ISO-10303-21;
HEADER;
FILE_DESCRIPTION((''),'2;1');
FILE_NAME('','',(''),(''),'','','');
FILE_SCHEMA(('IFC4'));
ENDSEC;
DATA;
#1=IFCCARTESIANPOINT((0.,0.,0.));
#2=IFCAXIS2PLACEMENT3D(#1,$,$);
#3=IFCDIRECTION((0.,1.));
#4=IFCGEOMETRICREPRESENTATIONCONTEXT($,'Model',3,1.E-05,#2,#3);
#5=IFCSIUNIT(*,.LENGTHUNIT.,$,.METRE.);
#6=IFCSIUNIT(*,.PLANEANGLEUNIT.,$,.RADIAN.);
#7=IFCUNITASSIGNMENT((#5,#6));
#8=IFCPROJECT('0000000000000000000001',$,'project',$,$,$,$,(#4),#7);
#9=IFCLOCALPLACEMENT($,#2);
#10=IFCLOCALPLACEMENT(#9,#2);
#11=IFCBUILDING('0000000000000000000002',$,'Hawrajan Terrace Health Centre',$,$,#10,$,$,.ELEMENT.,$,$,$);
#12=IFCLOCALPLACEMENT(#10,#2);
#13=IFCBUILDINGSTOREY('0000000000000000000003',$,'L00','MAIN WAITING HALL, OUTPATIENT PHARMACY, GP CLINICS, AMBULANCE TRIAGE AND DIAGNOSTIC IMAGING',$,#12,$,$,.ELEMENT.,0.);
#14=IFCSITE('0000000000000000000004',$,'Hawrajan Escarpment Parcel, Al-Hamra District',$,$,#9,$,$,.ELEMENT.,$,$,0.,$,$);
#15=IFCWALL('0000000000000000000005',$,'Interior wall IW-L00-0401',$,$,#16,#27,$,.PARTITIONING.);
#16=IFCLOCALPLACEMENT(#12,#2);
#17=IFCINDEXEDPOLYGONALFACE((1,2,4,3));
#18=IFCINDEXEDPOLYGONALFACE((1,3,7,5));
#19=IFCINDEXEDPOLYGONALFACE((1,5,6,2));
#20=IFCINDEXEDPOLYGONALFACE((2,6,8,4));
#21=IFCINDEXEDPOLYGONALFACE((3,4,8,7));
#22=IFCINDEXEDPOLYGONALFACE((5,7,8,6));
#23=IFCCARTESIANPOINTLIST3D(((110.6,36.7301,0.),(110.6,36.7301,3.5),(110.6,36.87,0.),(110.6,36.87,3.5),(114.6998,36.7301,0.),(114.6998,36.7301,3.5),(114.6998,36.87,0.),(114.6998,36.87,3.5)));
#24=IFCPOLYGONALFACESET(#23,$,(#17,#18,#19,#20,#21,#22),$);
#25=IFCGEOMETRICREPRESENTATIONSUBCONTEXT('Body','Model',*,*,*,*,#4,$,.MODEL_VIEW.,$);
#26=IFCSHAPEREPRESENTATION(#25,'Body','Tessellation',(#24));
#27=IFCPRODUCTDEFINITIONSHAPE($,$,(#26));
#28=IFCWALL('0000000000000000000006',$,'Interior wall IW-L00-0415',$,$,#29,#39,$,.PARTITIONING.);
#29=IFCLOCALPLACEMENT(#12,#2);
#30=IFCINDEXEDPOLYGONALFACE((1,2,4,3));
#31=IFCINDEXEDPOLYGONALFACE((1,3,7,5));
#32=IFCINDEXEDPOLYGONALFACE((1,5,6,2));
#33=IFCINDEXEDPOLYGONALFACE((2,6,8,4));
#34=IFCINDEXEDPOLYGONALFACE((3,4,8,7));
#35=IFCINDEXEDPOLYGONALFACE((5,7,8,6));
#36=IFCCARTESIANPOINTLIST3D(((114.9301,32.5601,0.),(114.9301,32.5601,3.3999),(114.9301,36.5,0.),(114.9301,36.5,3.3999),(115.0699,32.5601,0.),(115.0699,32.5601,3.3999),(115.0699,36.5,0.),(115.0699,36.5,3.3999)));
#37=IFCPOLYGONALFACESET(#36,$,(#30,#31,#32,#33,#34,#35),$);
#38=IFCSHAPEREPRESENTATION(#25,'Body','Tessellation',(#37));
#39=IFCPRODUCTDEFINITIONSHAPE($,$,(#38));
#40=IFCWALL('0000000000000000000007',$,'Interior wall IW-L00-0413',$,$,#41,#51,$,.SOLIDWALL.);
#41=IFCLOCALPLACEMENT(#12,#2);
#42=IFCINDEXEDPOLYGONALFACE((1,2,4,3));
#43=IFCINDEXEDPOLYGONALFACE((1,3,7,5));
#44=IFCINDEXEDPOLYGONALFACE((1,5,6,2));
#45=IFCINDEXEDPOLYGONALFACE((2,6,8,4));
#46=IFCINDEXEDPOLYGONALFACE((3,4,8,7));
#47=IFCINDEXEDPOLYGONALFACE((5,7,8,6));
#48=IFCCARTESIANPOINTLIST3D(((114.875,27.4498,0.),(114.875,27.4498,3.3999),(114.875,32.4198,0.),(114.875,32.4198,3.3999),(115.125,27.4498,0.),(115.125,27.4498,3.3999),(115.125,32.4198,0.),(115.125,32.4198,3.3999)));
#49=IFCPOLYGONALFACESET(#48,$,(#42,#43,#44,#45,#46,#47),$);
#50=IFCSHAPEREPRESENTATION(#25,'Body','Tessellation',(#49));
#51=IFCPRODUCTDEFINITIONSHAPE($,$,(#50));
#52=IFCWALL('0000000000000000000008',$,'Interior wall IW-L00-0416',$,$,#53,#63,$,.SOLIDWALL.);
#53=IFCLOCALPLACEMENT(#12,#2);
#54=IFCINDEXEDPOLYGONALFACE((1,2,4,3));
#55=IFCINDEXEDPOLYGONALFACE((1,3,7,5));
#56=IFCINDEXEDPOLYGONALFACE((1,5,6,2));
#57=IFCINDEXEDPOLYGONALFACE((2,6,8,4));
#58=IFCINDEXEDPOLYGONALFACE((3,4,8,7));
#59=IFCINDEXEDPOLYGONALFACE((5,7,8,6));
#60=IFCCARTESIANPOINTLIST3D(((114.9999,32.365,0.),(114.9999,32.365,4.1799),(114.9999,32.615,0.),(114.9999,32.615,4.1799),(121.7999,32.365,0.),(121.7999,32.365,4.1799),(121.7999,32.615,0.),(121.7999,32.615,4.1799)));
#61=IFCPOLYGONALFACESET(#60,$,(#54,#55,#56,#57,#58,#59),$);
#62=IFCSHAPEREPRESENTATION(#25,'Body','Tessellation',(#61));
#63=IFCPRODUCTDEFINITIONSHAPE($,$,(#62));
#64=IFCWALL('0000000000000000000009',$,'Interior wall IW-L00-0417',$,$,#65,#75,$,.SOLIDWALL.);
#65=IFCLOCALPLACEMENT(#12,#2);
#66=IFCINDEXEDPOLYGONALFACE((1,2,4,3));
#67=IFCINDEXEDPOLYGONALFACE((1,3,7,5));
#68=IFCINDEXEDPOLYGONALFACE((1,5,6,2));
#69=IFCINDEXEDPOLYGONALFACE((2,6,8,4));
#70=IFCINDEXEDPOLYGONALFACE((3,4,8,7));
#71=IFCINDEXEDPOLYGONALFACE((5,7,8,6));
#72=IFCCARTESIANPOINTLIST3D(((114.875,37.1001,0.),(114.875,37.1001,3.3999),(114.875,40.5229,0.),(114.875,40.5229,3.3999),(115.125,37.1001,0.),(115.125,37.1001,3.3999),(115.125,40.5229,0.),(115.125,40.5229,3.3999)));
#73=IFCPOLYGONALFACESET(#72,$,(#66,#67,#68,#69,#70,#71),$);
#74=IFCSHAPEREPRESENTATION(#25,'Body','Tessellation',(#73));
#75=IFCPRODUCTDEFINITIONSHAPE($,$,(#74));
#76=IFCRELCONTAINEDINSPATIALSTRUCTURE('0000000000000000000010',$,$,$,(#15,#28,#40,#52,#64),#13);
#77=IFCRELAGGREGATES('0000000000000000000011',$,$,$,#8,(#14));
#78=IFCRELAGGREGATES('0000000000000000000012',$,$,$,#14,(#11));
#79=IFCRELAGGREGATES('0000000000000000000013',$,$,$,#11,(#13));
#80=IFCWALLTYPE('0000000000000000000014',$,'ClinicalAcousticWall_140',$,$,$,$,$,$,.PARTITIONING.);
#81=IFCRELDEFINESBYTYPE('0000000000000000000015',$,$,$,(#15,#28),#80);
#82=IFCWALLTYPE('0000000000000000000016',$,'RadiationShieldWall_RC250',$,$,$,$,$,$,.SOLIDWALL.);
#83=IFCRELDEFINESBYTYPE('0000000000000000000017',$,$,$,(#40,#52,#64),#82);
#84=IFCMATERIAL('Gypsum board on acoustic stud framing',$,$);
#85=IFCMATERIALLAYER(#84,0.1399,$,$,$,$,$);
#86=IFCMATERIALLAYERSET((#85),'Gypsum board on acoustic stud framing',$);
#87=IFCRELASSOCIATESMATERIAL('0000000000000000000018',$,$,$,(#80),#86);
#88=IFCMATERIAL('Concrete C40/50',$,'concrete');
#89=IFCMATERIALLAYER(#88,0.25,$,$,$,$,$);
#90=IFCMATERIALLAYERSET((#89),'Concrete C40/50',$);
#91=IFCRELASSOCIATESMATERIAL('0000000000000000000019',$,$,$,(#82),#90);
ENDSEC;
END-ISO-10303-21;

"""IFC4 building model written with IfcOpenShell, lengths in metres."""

from ifc_helpers import new_model, si_unit, direction, frame, frame_2d, origin, place, context, subcontext, project, spatial, rectangle, extrude, material, layer, layer_set, type_object, element, save


model = new_model("IFC4")

# Units and contexts
model_context = context("Model", 3, precision=1e-05, world=origin(), true_north=direction((0.0, 1.0)))
body_context = subcontext(model_context, "Body", "Model", "MODEL_VIEW")
ifc_project = project(units=[si_unit("LENGTHUNIT", "METRE"), si_unit("PLANEANGLEUNIT", "RADIAN")], contexts=[model_context])

# Site, building, storey
site_placement = place(None, origin())
site = spatial("IfcSite", under=ifc_project, at=site_placement, Name="Hawrajan Escarpment Parcel, Al-Hamra District", CompositionType="ELEMENT", RefElevation=0.0)
building_placement = place(site_placement, origin())
building = spatial("IfcBuilding", under=site, at=building_placement, Name="Hawrajan Terrace Health Centre", CompositionType="ELEMENT")
storey_placement = place(building_placement, origin())
storey = spatial("IfcBuildingStorey", under=building, at=storey_placement, Name="L00", Description="MAIN WAITING HALL, OUTPATIENT PHARMACY, GP CLINICS, AMBULANCE TRIAGE AND DIAGNOSTIC IMAGING", CompositionType="ELEMENT", Elevation=0.0)

# Shared definitions
ifc_material_1 = material(Name="Concrete C40/50", Category="concrete")

# Shared definitions
ifc_material_2 = material(Name="Gypsum board on acoustic stud framing")
ifc_layer_1 = layer(ifc_material_2, 0.1399)
ifc_layer_set_1 = layer_set([ifc_layer_1], Name="Gypsum board on acoustic stud framing")
wall_type_1 = type_object("IfcWallType", Name="ClinicalAcousticWall_140", PredefinedType="PARTITIONING", material=ifc_layer_set_1)

# Walls
wall_1_placement = place(storey_placement, frame((110.6001, 36.8, 0.0), z_axis=(0.0, 0.0, 1.0), x_axis=(1.0, 0.0, 0.0)))
element("IfcWall", 1, at=wall_1_placement, inside=storey, type_object=wall_type_1, Name="Interior wall IW-L00-0401", PredefinedType="PARTITIONING", context=body_context, shape_type="SweptSolid", body=[
    extrude(rectangle(XDim=4.0999, YDim=0.1399, at=frame_2d((2.0498, 0.0))), origin(), (0.0, 0.0, 1.0), 3.5),
])
wall_2_placement = place(storey_placement, frame((115.0, 32.5601, 0.0), z_axis=(0.0, 0.0, 1.0), x_axis=(0.0, 1.0, 0.0)))
element("IfcWall", 2, at=wall_2_placement, inside=storey, type_object=wall_type_1, Name="Interior wall IW-L00-0415", PredefinedType="PARTITIONING", context=body_context, shape_type="SweptSolid", body=[
    extrude(rectangle(XDim=3.9399, YDim=0.1399, at=frame_2d((1.97, 0.0))), origin(), (0.0, 0.0, 1.0), 3.3999),
])
ifc_layer_2 = layer(ifc_material_1, 0.25)
ifc_layer_set_2 = layer_set([ifc_layer_2], Name="Concrete C40/50")
wall_type_2 = type_object("IfcWallType", Name="RadiationShieldWall_RC250", PredefinedType="SOLIDWALL", material=ifc_layer_set_2)
wall_3_placement = place(storey_placement, frame((115.0, 27.45, 0.0), z_axis=(0.0, 0.0, 1.0), x_axis=(0.0, 1.0, 0.0)))
element("IfcWall", 3, at=wall_3_placement, inside=storey, type_object=wall_type_2, Name="Interior wall IW-L00-0413", PredefinedType="SOLIDWALL", context=body_context, shape_type="SweptSolid", body=[
    extrude(rectangle(XDim=4.97, YDim=0.25, at=frame_2d((2.4849, 0.0))), origin(), (0.0, 0.0, 1.0), 3.3999),
])
wall_4_placement = place(storey_placement, frame((115.0, 32.49, 0.0), z_axis=(0.0, 0.0, 1.0), x_axis=(1.0, 0.0, 0.0)))
element("IfcWall", 4, at=wall_4_placement, inside=storey, type_object=wall_type_2, Name="Interior wall IW-L00-0416", PredefinedType="SOLIDWALL", context=body_context, shape_type="SweptSolid", body=[
    extrude(rectangle(XDim=6.8, YDim=0.25, at=frame_2d((3.3999, 0.0))), origin(), (0.0, 0.0, 1.0), 4.1799),
])
wall_5_placement = place(storey_placement, frame((115.0, 37.1001, 0.0), z_axis=(0.0, 0.0, 1.0), x_axis=(0.0, 1.0, 0.0)))
element("IfcWall", 5, at=wall_5_placement, inside=storey, type_object=wall_type_2, Name="Interior wall IW-L00-0417", PredefinedType="SOLIDWALL", context=body_context, shape_type="SweptSolid", body=[
    extrude(rectangle(XDim=3.4229, YDim=0.25, at=frame_2d((1.7114, 0.0))), origin(), (0.0, 0.0, 1.0), 3.3999),
])

save(model, "model.ifc")
